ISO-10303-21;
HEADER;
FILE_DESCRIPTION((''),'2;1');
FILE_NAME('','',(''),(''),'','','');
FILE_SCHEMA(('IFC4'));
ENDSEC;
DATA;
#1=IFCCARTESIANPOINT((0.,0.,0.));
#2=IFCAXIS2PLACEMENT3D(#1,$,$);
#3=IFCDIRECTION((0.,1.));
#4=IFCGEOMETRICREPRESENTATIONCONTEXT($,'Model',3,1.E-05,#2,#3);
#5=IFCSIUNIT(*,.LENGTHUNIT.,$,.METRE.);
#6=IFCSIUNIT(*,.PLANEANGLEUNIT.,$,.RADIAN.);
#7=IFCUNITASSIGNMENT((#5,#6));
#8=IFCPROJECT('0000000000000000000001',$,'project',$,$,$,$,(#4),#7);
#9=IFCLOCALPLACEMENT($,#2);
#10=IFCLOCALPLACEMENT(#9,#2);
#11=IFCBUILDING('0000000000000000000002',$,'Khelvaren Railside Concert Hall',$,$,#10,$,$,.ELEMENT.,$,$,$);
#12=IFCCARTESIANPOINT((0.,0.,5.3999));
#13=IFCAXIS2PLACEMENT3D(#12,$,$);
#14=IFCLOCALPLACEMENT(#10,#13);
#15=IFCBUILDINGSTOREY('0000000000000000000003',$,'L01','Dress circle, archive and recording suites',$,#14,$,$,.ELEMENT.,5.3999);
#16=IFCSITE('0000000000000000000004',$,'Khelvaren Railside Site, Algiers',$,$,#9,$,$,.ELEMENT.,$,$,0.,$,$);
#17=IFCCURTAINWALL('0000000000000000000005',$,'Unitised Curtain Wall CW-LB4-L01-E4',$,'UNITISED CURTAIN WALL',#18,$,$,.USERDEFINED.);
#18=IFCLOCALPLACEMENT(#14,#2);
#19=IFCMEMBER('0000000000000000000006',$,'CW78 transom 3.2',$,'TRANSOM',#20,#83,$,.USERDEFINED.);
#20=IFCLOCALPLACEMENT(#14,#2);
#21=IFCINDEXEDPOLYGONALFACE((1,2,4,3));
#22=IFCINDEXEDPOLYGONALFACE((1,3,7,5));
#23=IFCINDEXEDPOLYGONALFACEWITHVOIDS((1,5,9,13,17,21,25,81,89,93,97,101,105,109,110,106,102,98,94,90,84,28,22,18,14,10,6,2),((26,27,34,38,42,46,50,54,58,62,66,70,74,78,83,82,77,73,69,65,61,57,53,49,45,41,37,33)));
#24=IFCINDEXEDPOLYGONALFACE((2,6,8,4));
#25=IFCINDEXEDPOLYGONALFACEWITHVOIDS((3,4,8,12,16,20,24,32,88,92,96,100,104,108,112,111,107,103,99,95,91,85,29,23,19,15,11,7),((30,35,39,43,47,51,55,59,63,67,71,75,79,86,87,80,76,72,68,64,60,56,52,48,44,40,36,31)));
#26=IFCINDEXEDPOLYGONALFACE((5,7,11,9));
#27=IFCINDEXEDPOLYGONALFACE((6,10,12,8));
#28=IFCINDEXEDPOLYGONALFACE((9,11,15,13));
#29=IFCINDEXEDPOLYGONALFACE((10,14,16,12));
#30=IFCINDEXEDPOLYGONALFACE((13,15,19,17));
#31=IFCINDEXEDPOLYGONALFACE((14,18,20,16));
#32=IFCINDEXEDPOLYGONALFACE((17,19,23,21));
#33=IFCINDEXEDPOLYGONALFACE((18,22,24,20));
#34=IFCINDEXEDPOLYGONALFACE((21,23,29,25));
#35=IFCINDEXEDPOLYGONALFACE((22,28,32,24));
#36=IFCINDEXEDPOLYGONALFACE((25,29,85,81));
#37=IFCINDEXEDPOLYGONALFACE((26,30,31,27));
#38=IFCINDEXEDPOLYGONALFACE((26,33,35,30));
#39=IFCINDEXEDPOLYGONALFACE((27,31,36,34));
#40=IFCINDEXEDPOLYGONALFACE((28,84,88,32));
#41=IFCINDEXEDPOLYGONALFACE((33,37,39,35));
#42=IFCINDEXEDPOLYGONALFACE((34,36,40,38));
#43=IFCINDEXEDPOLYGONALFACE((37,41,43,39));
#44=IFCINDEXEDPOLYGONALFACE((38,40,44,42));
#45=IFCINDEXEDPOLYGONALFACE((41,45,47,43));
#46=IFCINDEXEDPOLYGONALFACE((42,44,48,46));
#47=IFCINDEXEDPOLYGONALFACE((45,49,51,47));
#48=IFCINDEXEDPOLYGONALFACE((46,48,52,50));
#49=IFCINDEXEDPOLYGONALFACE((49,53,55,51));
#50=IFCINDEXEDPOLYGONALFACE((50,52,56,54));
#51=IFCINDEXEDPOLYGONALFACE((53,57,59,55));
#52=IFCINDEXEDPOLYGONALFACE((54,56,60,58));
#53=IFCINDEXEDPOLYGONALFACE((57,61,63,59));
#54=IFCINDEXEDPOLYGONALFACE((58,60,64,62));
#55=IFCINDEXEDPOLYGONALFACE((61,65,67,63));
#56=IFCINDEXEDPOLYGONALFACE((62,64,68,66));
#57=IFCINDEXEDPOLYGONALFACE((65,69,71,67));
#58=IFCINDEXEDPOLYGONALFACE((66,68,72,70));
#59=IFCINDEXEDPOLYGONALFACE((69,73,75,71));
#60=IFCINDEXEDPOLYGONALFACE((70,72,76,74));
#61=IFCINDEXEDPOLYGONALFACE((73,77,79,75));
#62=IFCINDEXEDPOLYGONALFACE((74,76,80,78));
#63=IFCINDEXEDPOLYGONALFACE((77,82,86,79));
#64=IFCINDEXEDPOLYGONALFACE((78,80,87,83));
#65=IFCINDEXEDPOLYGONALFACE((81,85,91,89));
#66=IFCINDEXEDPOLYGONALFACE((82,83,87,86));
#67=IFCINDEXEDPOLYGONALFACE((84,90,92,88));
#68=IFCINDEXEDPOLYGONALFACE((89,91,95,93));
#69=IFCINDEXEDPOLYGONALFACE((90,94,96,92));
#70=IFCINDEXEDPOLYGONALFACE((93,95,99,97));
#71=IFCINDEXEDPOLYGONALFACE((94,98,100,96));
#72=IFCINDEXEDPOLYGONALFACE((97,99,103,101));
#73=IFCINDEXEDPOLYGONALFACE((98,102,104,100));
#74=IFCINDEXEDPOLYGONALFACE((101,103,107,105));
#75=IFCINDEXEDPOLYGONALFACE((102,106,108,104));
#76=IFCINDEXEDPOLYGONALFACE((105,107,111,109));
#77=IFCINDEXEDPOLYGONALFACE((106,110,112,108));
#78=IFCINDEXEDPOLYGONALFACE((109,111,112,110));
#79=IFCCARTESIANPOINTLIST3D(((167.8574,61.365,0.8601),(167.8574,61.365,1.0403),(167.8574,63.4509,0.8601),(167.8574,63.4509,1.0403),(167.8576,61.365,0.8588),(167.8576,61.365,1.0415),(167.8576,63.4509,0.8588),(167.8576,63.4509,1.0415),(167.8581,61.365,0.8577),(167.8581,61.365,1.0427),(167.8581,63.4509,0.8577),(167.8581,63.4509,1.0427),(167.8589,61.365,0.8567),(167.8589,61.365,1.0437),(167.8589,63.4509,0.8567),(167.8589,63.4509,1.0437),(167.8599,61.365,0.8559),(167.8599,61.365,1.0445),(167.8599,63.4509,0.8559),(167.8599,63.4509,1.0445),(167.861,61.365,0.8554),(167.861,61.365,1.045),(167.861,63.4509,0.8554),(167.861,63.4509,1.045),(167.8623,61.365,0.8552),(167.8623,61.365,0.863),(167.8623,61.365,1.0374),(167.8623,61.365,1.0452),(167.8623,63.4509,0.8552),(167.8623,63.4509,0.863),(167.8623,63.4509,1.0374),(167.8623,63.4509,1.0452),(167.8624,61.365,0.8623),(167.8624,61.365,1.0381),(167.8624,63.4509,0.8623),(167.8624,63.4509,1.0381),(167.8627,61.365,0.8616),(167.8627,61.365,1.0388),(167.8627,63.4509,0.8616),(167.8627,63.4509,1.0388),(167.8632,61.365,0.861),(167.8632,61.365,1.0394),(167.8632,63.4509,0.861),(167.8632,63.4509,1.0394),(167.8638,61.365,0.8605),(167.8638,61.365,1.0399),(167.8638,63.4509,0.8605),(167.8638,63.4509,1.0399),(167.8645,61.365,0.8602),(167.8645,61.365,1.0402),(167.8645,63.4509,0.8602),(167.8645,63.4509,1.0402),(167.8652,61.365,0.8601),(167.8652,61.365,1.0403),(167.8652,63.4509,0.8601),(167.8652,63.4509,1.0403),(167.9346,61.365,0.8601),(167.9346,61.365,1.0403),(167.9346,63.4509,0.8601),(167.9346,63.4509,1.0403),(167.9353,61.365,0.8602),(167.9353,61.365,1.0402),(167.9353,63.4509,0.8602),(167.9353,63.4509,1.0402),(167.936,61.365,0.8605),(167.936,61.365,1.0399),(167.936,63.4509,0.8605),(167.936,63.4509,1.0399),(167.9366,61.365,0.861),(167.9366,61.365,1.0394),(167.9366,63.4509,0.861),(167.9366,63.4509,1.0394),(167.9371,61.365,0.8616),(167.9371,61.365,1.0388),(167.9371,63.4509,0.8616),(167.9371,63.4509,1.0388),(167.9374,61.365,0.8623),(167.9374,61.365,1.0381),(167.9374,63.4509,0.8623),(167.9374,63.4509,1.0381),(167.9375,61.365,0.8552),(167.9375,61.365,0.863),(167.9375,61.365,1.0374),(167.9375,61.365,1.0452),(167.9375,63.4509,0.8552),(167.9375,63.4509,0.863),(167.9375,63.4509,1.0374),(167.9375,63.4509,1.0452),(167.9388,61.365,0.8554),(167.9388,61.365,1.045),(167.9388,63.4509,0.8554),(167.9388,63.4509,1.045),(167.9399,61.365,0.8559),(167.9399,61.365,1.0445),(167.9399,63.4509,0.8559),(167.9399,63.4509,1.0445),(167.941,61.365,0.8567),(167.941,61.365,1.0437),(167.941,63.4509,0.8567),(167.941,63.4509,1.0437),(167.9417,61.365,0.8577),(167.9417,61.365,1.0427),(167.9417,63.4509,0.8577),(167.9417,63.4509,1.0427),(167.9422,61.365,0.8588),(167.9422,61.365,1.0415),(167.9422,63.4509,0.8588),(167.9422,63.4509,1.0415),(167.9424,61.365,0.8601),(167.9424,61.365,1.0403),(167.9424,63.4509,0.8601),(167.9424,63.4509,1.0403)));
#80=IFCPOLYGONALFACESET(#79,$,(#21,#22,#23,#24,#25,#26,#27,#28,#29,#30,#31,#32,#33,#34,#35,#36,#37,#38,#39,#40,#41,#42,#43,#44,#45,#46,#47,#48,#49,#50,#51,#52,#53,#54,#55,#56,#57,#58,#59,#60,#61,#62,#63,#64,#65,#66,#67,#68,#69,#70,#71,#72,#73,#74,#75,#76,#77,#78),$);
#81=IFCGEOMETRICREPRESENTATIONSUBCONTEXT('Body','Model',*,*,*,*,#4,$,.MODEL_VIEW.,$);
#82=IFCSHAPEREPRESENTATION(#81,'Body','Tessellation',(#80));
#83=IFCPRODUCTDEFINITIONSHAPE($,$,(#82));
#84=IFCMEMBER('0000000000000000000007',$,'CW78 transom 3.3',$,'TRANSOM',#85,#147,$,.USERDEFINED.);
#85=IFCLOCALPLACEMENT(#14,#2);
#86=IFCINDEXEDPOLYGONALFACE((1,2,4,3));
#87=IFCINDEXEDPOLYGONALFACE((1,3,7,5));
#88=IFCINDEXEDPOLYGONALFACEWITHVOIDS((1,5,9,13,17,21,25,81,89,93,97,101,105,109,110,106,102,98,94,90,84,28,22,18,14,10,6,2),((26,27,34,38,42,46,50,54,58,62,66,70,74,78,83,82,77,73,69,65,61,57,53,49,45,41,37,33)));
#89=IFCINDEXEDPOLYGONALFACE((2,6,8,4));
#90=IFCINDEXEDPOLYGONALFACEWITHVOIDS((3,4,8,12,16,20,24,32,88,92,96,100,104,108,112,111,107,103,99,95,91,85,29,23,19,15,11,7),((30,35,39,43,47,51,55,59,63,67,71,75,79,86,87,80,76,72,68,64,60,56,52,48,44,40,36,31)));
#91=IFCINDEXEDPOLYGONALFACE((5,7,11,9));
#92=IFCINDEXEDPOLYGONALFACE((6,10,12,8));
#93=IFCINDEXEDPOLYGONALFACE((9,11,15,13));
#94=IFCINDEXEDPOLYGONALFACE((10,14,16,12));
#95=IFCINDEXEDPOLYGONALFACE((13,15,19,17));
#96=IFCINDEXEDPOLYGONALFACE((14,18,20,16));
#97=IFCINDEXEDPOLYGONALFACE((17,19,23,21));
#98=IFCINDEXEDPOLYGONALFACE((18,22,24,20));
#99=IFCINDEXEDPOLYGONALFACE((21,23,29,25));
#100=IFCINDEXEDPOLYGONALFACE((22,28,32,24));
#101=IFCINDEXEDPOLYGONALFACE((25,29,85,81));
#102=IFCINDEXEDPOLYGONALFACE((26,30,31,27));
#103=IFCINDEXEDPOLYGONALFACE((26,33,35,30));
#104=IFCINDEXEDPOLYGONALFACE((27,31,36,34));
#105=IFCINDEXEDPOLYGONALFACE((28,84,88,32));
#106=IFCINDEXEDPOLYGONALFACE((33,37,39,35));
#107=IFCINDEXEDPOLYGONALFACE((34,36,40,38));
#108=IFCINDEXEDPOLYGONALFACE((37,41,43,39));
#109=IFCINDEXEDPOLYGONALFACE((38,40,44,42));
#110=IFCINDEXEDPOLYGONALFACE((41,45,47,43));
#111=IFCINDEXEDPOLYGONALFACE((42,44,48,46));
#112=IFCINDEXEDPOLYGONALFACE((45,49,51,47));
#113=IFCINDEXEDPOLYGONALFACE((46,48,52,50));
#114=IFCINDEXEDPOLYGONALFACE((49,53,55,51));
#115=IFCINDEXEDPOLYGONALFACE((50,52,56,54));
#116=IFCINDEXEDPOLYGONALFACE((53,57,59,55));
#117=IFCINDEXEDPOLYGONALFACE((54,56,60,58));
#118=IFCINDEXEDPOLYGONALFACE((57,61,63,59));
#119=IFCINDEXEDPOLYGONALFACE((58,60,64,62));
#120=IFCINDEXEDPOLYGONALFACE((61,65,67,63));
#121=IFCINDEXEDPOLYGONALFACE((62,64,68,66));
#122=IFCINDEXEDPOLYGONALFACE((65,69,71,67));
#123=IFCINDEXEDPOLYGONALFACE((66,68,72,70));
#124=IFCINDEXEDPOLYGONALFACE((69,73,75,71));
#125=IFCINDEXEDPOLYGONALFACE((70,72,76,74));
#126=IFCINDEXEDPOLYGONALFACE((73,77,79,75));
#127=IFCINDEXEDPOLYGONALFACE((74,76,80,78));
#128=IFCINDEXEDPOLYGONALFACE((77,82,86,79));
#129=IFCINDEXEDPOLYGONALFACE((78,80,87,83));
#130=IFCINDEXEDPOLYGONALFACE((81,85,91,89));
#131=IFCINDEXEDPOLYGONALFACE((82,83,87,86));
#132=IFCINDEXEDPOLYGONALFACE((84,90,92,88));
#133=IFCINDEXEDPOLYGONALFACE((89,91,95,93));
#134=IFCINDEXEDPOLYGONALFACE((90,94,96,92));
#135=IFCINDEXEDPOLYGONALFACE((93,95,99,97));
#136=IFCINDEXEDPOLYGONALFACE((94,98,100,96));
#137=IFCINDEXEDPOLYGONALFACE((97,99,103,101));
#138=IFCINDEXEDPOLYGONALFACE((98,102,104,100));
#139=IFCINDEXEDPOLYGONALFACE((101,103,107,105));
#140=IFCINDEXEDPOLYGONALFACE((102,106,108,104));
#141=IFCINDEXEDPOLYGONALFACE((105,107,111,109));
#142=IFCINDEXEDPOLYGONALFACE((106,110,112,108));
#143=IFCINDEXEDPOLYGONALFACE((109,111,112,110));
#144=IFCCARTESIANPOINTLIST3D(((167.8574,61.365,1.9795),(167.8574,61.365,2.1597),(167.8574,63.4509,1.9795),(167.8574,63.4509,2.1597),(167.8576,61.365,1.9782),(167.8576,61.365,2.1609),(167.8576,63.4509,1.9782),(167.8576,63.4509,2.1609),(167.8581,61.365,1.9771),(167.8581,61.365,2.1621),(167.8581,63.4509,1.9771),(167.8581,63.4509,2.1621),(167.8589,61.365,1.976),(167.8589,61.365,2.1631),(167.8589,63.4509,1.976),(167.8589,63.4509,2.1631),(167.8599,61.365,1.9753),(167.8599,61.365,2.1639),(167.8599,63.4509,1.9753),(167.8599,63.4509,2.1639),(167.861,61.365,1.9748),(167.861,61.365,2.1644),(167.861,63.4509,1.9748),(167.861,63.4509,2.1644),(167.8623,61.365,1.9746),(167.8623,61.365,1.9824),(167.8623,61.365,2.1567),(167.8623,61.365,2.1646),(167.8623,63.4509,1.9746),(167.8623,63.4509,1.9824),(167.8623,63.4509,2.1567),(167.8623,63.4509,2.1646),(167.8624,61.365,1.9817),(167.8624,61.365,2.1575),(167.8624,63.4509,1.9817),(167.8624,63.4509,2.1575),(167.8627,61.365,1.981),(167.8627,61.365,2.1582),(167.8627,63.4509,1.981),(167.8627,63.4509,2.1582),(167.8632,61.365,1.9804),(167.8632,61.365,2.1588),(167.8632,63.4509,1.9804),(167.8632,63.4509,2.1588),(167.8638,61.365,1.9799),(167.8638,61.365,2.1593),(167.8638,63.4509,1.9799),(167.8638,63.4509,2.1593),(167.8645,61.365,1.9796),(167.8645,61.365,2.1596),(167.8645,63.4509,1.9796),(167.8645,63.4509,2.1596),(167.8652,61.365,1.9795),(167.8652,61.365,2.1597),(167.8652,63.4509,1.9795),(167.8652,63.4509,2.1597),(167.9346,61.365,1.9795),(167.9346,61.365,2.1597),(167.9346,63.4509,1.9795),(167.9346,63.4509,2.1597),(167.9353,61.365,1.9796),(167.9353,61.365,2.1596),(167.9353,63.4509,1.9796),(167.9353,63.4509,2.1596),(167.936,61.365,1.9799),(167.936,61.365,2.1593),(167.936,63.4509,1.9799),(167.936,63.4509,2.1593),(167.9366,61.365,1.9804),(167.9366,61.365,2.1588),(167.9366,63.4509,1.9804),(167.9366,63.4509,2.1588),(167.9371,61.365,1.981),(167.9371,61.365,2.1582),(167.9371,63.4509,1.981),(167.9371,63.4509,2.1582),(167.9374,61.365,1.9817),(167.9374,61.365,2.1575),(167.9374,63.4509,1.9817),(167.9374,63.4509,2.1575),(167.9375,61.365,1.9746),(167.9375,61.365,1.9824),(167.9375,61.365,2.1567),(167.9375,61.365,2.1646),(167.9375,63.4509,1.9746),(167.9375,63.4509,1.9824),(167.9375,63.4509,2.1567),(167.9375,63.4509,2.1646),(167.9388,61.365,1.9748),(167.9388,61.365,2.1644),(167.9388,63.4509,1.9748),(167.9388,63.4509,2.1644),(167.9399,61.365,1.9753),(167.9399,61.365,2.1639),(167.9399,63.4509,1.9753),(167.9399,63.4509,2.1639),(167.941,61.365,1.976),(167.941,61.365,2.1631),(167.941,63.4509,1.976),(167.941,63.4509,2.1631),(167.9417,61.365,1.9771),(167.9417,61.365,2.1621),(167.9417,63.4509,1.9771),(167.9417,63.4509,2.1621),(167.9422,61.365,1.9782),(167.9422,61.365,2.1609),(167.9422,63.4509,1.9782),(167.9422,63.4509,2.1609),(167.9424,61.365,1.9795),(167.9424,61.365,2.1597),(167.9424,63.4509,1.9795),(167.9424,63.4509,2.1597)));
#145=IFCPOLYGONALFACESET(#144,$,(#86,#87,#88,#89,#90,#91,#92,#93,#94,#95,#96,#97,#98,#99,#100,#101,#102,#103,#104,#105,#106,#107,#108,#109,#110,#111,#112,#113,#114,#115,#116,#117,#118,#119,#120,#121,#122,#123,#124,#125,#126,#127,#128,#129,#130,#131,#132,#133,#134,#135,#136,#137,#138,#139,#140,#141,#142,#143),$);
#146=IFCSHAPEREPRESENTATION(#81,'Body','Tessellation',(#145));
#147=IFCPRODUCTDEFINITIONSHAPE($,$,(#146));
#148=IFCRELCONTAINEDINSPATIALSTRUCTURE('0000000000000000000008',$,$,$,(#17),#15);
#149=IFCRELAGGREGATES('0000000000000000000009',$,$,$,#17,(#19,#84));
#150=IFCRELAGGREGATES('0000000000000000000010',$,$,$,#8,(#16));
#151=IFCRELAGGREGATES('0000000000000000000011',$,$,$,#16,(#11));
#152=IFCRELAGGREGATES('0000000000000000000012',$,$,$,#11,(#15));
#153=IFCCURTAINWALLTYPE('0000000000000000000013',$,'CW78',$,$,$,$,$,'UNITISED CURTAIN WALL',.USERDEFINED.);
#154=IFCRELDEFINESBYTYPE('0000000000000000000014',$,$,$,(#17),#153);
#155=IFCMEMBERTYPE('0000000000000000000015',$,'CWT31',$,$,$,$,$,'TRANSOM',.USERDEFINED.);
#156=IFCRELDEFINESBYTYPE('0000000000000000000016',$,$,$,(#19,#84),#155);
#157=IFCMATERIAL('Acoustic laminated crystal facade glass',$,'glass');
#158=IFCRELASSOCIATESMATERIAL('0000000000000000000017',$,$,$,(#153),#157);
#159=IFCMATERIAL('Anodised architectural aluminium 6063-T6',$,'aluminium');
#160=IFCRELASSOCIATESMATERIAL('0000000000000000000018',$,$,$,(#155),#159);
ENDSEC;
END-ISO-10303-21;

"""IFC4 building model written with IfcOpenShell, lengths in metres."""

from ifc_helpers import new_model, si_unit, direction, frame, origin, origin_2d, place, context, subcontext, project, spatial, hollow_rectangle, extrude, material, material_profile, profile_set, type_object, element, aggregate, save


model = new_model("IFC4")

# Units and contexts
model_context = context("Model", 3, precision=1e-05, world=origin(), true_north=direction((0.0, 1.0)))
body_context = subcontext(model_context, "Body", "Model", "MODEL_VIEW")
ifc_project = project(units=[si_unit("LENGTHUNIT", "METRE"), si_unit("PLANEANGLEUNIT", "RADIAN")], contexts=[model_context])

# Site, building, storey
site_placement = place(None, origin())
site = spatial("IfcSite", under=ifc_project, at=site_placement, Name="Khelvaren Railside Site, Algiers", CompositionType="ELEMENT", RefElevation=0.0)
building_placement = place(site_placement, origin())
building = spatial("IfcBuilding", under=site, at=building_placement, Name="Khelvaren Railside Concert Hall", CompositionType="ELEMENT")
storey_placement = place(building_placement, frame((0.0, 0.0, 5.3999)))
storey = spatial("IfcBuildingStorey", under=building, at=storey_placement, Name="L01", Description="Dress circle, archive and recording suites", CompositionType="ELEMENT", Elevation=5.3999)

# Curtain wall
ifc_material_1 = material(Name="Acoustic laminated crystal facade glass", Category="glass")
curtain_wall_type = type_object("IfcCurtainWallType", Name="CW78", ElementType="UNITISED CURTAIN WALL", PredefinedType="USERDEFINED", material=ifc_material_1)
curtain_wall_1_placement = place(storey_placement, origin())
curtain_wall_1 = element("IfcCurtainWall", 1, at=curtain_wall_1_placement, inside=storey, type_object=curtain_wall_type, Name="Unitised Curtain Wall CW-LB4-L01-E4", ObjectType="UNITISED CURTAIN WALL", PredefinedType="USERDEFINED")
ifc_material_2 = material(Name="Anodised architectural aluminium 6063-T6", Category="aluminium")

# Members
ifc_material_profile_1 = material_profile(ifc_material_2, hollow_rectangle(XDim=0.085, YDim=0.1899, WallThickness=0.0049, InnerFilletRadius=0.0029, OuterFilletRadius=0.0049, at=origin_2d()), Name="CWT 85x190x5")
ifc_profile_set_1 = profile_set([ifc_material_profile_1], Name="Anodised architectural aluminium 6063-T6")
member_type_1 = type_object("IfcMemberType", Name="CWT31", ElementType="TRANSOM", PredefinedType="USERDEFINED", material=ifc_profile_set_1)
member_1_placement = place(storey_placement, frame((167.8999, 63.4509, 0.9502), z_axis=(0.0, -1.0, 0.0), x_axis=(1.0, 0.0, 0.0)))
member_1 = element("IfcMember", 2, at=member_1_placement, type_object=member_type_1, Name="CW78 transom 3.2", ObjectType="TRANSOM", PredefinedType="USERDEFINED", context=body_context, shape_type="SweptSolid", body=[
    extrude(hollow_rectangle(XDim=0.085, YDim=0.1899, WallThickness=0.0049, InnerFilletRadius=0.0029, OuterFilletRadius=0.0049, at=origin_2d()), origin(), (0.0, 0.0, 1.0), 2.0859),
])
member_2_placement = place(storey_placement, frame((167.8999, 63.4509, 2.0696), z_axis=(0.0, -1.0, 0.0), x_axis=(1.0, 0.0, 0.0)))
member_2 = element("IfcMember", 3, at=member_2_placement, type_object=member_type_1, Name="CW78 transom 3.3", ObjectType="TRANSOM", PredefinedType="USERDEFINED", context=body_context, shape_type="SweptSolid", body=[
    extrude(hollow_rectangle(XDim=0.085, YDim=0.1899, WallThickness=0.0049, InnerFilletRadius=0.0029, OuterFilletRadius=0.0049, at=origin_2d()), origin(), (0.0, 0.0, 1.0), 2.0859),
])

aggregate(curtain_wall_1, [member_1, member_2])

save(model, "model.ifc")
